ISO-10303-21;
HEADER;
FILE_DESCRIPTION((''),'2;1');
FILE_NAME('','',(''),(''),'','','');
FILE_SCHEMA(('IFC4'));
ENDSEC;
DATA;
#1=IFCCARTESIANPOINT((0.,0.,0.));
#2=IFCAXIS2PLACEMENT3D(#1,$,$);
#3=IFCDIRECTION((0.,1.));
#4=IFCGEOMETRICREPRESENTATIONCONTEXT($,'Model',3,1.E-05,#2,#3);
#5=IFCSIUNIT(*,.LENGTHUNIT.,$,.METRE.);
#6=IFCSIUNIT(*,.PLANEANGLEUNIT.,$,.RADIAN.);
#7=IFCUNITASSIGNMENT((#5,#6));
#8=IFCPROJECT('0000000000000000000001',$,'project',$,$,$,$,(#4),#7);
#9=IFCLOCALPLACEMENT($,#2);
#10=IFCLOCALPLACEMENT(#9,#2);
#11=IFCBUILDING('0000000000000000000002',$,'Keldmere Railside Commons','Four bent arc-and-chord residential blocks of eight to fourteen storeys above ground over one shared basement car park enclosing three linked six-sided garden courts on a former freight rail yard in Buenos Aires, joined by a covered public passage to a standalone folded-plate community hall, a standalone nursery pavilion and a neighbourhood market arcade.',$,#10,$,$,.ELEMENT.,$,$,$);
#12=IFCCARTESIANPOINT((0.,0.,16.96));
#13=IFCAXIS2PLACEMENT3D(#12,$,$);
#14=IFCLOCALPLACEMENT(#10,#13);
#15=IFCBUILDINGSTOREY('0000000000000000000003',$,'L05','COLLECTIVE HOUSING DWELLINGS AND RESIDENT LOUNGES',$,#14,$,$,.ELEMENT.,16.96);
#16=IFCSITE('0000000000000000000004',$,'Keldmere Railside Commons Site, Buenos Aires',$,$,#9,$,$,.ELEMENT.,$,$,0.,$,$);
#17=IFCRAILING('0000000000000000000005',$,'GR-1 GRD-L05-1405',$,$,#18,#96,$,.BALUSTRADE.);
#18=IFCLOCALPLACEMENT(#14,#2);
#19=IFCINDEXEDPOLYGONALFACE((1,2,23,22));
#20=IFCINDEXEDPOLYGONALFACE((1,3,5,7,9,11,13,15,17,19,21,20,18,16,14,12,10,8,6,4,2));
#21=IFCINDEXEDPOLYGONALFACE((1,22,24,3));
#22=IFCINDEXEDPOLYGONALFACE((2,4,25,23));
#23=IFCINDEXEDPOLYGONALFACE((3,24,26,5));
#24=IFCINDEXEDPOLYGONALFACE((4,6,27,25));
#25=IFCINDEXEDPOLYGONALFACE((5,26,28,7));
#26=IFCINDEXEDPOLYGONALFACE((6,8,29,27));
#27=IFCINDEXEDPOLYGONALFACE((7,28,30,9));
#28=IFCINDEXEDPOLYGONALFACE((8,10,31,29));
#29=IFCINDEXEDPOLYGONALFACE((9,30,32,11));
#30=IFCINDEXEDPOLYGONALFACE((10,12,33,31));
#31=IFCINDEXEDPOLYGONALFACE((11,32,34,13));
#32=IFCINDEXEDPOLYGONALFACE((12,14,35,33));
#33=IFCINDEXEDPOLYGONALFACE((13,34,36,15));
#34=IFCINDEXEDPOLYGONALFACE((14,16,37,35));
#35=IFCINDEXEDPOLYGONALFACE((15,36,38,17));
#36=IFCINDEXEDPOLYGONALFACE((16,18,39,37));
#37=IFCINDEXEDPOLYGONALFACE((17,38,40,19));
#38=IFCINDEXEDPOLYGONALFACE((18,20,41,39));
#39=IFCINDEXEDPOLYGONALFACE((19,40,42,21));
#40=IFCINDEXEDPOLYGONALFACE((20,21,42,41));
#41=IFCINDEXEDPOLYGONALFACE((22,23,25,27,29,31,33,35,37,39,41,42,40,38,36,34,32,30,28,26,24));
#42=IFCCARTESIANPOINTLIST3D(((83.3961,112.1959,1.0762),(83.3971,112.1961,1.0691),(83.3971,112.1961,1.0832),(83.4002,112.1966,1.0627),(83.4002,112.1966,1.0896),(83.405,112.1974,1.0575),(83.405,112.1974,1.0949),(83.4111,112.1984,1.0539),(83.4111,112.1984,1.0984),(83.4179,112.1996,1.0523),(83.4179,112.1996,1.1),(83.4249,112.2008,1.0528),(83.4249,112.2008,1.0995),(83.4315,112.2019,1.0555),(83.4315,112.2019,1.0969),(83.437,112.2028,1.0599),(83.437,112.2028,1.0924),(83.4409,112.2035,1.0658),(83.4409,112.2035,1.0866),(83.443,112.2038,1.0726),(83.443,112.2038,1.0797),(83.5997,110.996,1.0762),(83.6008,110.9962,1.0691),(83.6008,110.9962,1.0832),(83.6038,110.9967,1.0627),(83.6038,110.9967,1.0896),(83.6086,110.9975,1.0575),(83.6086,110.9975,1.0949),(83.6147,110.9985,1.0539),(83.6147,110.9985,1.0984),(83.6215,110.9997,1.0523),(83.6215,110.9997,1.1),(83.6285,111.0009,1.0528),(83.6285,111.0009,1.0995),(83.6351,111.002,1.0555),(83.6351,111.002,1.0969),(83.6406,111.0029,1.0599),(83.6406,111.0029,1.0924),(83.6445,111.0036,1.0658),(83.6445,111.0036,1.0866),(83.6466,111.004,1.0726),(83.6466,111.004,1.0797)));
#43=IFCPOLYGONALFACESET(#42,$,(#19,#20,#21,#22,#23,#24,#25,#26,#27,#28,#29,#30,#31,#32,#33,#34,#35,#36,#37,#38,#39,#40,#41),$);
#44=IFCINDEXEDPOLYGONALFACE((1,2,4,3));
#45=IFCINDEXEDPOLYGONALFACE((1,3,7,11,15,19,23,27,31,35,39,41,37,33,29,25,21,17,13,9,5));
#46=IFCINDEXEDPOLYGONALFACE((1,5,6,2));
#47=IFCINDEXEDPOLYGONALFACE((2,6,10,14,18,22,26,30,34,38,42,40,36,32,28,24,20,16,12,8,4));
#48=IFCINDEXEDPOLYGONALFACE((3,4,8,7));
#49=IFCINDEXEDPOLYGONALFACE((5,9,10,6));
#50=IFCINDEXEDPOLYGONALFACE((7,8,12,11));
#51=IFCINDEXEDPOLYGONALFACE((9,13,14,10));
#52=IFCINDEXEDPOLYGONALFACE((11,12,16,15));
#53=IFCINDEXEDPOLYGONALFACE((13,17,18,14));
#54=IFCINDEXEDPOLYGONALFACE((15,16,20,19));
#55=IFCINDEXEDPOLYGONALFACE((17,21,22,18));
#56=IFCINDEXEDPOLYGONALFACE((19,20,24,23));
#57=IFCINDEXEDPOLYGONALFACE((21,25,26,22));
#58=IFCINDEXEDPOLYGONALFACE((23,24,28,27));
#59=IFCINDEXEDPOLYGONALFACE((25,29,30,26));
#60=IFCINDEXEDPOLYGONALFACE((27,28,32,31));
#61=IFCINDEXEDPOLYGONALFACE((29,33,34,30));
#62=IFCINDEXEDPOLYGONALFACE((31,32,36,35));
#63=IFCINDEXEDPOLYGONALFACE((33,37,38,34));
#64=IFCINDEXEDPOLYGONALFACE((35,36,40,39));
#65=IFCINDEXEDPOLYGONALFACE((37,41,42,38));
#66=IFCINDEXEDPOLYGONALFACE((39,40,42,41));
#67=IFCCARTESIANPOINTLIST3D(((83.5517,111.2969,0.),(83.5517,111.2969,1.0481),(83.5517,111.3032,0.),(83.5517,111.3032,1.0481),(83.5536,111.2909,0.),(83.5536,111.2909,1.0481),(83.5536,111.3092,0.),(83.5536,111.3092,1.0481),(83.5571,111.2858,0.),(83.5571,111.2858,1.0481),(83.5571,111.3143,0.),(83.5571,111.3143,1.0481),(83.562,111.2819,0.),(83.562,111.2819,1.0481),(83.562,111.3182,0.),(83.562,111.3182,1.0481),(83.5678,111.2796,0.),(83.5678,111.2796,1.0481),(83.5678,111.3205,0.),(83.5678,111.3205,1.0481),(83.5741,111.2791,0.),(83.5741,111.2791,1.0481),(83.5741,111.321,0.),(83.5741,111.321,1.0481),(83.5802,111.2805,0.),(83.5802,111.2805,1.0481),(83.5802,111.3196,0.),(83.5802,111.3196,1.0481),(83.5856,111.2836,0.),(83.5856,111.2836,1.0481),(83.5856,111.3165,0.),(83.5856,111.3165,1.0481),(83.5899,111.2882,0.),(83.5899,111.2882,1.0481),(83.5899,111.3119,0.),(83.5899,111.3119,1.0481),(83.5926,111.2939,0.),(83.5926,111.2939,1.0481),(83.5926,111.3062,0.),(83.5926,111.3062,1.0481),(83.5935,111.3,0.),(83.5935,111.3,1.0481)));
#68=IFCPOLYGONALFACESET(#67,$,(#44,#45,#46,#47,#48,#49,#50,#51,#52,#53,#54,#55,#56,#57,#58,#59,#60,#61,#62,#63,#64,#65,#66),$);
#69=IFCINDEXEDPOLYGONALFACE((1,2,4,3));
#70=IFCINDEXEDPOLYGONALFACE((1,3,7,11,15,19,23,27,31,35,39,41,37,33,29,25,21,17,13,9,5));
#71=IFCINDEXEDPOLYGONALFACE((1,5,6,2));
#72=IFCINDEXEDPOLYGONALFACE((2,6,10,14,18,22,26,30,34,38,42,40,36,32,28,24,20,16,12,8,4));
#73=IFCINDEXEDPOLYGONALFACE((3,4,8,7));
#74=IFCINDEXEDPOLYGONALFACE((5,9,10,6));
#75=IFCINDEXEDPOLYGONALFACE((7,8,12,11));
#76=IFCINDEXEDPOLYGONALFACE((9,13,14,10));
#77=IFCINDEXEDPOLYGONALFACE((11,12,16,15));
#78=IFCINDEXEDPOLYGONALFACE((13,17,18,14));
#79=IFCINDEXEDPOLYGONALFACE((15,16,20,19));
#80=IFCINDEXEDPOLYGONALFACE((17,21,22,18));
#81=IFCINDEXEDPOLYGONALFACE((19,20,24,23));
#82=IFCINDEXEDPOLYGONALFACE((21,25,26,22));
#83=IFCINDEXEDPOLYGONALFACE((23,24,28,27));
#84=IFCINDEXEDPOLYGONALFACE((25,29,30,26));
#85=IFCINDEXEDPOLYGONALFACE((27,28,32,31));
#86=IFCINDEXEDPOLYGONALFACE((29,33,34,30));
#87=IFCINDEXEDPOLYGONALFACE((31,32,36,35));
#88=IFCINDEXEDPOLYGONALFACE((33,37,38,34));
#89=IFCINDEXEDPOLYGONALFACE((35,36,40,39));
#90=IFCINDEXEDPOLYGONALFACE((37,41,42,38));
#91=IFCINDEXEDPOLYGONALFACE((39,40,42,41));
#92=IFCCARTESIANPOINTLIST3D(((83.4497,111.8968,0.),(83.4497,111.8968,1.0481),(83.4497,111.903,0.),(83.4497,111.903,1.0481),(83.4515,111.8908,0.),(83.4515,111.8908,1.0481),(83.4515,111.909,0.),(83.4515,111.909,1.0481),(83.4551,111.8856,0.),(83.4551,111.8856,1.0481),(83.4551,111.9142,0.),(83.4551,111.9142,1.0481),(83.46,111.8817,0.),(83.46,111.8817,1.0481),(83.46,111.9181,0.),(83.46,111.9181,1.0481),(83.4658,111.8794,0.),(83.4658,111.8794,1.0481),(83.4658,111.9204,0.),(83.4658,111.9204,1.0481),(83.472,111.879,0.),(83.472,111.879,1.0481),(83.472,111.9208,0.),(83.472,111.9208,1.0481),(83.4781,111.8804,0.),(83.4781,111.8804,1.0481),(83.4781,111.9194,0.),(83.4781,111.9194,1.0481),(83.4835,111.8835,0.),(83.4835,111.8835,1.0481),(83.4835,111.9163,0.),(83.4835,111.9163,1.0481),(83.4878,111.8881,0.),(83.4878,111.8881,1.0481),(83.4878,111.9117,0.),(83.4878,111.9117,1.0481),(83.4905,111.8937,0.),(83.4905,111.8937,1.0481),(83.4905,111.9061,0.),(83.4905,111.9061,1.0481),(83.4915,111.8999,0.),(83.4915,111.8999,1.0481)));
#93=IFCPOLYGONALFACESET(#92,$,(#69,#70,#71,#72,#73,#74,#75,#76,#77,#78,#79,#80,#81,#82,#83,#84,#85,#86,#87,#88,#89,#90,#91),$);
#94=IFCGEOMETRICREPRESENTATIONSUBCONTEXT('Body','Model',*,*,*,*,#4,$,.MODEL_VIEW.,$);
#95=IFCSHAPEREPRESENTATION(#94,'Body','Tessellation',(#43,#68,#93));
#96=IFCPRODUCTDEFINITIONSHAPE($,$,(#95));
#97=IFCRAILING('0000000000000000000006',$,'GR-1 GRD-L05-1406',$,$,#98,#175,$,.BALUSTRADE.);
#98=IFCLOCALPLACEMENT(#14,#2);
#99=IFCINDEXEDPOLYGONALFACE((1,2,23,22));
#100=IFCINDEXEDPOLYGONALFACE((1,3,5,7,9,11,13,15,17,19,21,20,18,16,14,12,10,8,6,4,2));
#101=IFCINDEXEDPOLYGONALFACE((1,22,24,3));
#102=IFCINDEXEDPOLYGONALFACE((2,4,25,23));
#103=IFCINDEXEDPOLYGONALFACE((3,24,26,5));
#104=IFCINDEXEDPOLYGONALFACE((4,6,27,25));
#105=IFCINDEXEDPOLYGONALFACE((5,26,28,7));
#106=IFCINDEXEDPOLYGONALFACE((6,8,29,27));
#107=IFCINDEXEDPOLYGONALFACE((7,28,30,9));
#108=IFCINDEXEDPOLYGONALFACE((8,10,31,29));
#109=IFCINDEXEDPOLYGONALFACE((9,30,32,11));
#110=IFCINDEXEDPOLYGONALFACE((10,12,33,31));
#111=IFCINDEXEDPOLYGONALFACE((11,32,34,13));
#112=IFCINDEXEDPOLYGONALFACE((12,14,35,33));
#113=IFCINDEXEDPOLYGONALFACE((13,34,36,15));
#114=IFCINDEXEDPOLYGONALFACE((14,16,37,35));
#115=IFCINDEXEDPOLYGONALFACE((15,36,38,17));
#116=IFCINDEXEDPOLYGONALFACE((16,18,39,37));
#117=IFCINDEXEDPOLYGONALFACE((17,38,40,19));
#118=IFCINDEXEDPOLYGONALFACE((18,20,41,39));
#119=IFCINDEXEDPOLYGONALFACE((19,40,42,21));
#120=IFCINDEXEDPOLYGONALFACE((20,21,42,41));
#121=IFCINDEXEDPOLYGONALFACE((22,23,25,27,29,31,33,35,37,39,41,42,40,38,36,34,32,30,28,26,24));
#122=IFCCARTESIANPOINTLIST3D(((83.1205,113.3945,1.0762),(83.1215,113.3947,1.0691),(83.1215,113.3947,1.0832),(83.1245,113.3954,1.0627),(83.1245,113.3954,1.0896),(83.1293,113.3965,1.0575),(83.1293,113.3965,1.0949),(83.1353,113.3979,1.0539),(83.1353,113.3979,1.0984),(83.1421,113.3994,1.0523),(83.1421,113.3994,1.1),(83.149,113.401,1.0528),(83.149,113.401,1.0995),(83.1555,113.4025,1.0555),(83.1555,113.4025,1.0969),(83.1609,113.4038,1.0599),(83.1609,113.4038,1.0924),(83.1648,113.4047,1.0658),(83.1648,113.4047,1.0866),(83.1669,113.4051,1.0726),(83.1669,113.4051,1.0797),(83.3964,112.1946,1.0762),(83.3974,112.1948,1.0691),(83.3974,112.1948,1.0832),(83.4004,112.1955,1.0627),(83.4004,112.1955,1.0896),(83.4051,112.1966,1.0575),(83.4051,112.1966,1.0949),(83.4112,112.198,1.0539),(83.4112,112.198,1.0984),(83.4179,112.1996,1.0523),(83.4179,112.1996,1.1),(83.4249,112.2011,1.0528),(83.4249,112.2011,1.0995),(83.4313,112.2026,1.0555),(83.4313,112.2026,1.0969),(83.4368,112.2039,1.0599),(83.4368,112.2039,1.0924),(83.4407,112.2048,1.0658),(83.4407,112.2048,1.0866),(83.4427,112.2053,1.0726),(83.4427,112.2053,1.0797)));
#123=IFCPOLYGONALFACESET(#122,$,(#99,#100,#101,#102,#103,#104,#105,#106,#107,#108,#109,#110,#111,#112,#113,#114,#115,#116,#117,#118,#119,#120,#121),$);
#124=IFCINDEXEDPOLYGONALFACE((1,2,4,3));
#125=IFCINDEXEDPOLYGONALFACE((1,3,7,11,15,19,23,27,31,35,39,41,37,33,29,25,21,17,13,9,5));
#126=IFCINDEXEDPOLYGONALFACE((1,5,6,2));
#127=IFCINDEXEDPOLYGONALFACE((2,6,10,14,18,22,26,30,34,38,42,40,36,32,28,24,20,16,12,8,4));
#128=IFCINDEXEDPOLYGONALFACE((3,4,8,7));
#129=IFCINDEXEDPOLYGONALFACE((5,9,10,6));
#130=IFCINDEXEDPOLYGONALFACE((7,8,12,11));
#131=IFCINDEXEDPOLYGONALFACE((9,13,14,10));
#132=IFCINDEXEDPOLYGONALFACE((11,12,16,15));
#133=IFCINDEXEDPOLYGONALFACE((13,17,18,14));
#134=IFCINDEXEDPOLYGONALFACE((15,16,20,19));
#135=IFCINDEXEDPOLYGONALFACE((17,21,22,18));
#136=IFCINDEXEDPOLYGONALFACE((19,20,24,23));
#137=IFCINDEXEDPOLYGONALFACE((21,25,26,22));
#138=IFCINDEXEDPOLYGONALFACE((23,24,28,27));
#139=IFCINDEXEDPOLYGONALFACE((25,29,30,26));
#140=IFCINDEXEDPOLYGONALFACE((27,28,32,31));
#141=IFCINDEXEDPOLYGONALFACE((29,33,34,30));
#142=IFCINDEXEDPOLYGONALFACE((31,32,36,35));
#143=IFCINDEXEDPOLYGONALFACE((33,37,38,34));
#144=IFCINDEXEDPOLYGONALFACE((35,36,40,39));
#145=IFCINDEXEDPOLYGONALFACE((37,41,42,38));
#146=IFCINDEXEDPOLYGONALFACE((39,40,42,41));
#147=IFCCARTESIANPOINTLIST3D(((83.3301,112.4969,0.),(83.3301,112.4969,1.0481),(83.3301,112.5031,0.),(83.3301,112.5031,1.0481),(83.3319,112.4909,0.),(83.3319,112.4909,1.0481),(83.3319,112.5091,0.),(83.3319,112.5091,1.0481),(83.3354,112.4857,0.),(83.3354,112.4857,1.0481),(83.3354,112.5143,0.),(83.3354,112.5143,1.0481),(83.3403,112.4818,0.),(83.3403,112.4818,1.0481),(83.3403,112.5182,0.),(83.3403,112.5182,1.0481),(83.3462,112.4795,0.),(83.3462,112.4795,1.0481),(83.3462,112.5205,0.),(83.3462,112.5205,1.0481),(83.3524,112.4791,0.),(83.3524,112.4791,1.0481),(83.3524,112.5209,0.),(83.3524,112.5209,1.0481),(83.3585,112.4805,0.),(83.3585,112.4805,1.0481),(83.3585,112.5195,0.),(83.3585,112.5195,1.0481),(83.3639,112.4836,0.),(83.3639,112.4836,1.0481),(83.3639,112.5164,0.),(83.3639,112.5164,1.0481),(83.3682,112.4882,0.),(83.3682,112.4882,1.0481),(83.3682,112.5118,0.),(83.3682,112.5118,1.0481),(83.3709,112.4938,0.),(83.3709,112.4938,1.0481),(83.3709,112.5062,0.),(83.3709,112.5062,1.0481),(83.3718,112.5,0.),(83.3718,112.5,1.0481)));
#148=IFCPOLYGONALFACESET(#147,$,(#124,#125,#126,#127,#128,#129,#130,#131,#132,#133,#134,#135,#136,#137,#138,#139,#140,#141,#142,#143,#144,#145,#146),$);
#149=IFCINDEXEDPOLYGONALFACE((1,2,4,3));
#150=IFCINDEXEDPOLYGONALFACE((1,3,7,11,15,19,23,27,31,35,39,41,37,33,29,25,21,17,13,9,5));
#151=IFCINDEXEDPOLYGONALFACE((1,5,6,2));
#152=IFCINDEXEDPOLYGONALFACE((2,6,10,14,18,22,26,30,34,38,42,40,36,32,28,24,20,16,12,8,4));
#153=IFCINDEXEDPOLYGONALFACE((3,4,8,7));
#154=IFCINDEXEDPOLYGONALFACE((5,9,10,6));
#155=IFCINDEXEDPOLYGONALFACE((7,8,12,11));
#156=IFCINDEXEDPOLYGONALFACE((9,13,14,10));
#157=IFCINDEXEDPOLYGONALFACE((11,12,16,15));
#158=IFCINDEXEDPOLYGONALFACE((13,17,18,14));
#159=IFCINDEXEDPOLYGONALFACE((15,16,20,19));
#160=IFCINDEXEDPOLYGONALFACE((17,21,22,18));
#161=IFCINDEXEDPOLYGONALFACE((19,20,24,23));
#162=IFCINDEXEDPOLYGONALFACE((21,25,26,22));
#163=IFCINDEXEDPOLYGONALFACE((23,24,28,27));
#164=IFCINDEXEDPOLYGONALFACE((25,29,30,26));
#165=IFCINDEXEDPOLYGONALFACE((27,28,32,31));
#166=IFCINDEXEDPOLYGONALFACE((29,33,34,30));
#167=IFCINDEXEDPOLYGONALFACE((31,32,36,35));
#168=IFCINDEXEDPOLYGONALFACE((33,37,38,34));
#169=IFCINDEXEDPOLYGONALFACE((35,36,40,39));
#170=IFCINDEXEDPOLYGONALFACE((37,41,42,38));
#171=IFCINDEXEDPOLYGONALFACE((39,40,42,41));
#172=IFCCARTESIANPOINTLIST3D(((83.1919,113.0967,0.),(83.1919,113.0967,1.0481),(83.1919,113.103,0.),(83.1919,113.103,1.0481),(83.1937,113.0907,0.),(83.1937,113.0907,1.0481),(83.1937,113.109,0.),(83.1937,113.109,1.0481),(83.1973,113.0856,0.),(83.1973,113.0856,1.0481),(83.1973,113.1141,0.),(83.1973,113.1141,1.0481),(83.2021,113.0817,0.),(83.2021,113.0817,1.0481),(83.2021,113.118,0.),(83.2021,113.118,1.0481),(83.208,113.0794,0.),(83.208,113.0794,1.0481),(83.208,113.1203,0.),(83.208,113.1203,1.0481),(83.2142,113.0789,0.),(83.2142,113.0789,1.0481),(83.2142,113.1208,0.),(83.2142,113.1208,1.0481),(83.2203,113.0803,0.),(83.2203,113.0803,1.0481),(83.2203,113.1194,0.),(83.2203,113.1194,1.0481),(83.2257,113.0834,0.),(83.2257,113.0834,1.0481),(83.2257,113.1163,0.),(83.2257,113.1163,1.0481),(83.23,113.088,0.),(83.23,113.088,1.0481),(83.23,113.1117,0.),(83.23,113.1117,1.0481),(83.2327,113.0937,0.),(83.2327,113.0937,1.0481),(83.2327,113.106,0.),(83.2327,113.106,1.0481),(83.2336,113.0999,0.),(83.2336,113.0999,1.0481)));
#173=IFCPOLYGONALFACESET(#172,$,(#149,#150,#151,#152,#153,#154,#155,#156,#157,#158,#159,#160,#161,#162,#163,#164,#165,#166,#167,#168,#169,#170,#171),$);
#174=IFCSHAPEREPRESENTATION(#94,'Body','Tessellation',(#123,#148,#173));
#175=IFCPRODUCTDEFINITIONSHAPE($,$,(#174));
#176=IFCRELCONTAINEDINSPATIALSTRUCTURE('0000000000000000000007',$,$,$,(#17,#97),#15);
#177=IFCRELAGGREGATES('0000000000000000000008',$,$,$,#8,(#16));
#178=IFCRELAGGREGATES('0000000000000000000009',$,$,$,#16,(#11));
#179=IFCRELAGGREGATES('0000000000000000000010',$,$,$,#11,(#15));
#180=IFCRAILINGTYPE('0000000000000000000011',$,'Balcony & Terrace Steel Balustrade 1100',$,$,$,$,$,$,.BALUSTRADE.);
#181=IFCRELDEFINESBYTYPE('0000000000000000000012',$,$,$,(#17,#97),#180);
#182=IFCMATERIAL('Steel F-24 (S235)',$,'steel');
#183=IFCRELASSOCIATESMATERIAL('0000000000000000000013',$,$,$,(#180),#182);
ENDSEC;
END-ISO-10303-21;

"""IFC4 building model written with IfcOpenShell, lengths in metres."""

from ifc_helpers import new_model, si_unit, direction, frame, origin, origin_2d, place, context, subcontext, project, spatial, circle, extrude, material, type_object, element, save


model = new_model("IFC4")

# Units and contexts
model_context = context("Model", 3, precision=1e-05, world=origin(), true_north=direction((0.0, 1.0)))
body_context = subcontext(model_context, "Body", "Model", "MODEL_VIEW")
ifc_project = project(units=[si_unit("LENGTHUNIT", "METRE"), si_unit("PLANEANGLEUNIT", "RADIAN")], contexts=[model_context])

# Site, building, storey
site_placement = place(None, origin())
site = spatial("IfcSite", under=ifc_project, at=site_placement, Name="Keldmere Railside Commons Site, Buenos Aires", CompositionType="ELEMENT", RefElevation=0.0)
building_placement = place(site_placement, origin())
building = spatial("IfcBuilding", under=site, at=building_placement, Name="Keldmere Railside Commons", Description="Four bent arc-and-chord residential blocks of eight to fourteen storeys above ground over one shared basement car park enclosing three linked six-sided garden courts on a former freight rail yard in Buenos Aires, joined by a covered public passage to a standalone folded-plate community hall, a standalone nursery pavilion and a neighbourhood market arcade.", CompositionType="ELEMENT")
storey_placement = place(building_placement, frame((0.0, 0.0, 16.96)))
storey = spatial("IfcBuildingStorey", under=building, at=storey_placement, Name="L05", Description="COLLECTIVE HOUSING DWELLINGS AND RESIDENT LOUNGES", CompositionType="ELEMENT", Elevation=16.96)

# Shared definitions
ifc_material_1 = material(Name="Steel F-24 (S235)", Category="steel")

# Railings
railing_type_1 = type_object("IfcRailingType", Name="Balcony & Terrace Steel Balustrade 1100", PredefinedType="BALUSTRADE", material=ifc_material_1)
railing_1_placement = place(storey_placement, frame((83.6233, 111.0, 0.0)))
element("IfcRailing", 1, at=railing_1_placement, inside=storey, type_object=railing_type_1, Name="GR-1 GRD-L05-1405", PredefinedType="BALUSTRADE", context=body_context, shape_type="SweptSolid", body=[
    extrude(circle(Radius=0.0239, at=origin_2d()), frame((0.0, 0.0, 1.0762), z_axis=(-0.167293, 0.985907, 0.0), x_axis=(-0.985907, -0.167293, 0.0)), (0.0, 0.0, 1.0), 1.217),
    extrude(circle(Radius=0.021, at=origin_2d()), frame((-0.0508, 0.3, 0.0)), (0.0, 0.0, 1.0), 1.0481),
    extrude(circle(Radius=0.021, at=origin_2d()), frame((-0.1528, 0.8999, 0.0)), (0.0, 0.0, 1.0), 1.0481),
])
railing_2_placement = place(storey_placement, frame((83.4197, 112.2, 0.0)))
element("IfcRailing", 2, at=railing_2_placement, inside=storey, type_object=railing_type_1, Name="GR-1 GRD-L05-1406", PredefinedType="BALUSTRADE", context=body_context, shape_type="SweptSolid", body=[
    extrude(circle(Radius=0.0239, at=origin_2d()), frame((0.0, 0.0, 1.0762), z_axis=(-0.224063, 0.974575, 0.0), x_axis=(-0.974575, -0.224063, 0.0)), (0.0, 0.0, 1.0), 1.2312),
    extrude(circle(Radius=0.021, at=origin_2d()), frame((-0.0688, 0.3, 0.0)), (0.0, 0.0, 1.0), 1.0481),
    extrude(circle(Radius=0.021, at=origin_2d()), frame((-0.207, 0.8999, 0.0)), (0.0, 0.0, 1.0), 1.0481),
])

save(model, "model.ifc")
